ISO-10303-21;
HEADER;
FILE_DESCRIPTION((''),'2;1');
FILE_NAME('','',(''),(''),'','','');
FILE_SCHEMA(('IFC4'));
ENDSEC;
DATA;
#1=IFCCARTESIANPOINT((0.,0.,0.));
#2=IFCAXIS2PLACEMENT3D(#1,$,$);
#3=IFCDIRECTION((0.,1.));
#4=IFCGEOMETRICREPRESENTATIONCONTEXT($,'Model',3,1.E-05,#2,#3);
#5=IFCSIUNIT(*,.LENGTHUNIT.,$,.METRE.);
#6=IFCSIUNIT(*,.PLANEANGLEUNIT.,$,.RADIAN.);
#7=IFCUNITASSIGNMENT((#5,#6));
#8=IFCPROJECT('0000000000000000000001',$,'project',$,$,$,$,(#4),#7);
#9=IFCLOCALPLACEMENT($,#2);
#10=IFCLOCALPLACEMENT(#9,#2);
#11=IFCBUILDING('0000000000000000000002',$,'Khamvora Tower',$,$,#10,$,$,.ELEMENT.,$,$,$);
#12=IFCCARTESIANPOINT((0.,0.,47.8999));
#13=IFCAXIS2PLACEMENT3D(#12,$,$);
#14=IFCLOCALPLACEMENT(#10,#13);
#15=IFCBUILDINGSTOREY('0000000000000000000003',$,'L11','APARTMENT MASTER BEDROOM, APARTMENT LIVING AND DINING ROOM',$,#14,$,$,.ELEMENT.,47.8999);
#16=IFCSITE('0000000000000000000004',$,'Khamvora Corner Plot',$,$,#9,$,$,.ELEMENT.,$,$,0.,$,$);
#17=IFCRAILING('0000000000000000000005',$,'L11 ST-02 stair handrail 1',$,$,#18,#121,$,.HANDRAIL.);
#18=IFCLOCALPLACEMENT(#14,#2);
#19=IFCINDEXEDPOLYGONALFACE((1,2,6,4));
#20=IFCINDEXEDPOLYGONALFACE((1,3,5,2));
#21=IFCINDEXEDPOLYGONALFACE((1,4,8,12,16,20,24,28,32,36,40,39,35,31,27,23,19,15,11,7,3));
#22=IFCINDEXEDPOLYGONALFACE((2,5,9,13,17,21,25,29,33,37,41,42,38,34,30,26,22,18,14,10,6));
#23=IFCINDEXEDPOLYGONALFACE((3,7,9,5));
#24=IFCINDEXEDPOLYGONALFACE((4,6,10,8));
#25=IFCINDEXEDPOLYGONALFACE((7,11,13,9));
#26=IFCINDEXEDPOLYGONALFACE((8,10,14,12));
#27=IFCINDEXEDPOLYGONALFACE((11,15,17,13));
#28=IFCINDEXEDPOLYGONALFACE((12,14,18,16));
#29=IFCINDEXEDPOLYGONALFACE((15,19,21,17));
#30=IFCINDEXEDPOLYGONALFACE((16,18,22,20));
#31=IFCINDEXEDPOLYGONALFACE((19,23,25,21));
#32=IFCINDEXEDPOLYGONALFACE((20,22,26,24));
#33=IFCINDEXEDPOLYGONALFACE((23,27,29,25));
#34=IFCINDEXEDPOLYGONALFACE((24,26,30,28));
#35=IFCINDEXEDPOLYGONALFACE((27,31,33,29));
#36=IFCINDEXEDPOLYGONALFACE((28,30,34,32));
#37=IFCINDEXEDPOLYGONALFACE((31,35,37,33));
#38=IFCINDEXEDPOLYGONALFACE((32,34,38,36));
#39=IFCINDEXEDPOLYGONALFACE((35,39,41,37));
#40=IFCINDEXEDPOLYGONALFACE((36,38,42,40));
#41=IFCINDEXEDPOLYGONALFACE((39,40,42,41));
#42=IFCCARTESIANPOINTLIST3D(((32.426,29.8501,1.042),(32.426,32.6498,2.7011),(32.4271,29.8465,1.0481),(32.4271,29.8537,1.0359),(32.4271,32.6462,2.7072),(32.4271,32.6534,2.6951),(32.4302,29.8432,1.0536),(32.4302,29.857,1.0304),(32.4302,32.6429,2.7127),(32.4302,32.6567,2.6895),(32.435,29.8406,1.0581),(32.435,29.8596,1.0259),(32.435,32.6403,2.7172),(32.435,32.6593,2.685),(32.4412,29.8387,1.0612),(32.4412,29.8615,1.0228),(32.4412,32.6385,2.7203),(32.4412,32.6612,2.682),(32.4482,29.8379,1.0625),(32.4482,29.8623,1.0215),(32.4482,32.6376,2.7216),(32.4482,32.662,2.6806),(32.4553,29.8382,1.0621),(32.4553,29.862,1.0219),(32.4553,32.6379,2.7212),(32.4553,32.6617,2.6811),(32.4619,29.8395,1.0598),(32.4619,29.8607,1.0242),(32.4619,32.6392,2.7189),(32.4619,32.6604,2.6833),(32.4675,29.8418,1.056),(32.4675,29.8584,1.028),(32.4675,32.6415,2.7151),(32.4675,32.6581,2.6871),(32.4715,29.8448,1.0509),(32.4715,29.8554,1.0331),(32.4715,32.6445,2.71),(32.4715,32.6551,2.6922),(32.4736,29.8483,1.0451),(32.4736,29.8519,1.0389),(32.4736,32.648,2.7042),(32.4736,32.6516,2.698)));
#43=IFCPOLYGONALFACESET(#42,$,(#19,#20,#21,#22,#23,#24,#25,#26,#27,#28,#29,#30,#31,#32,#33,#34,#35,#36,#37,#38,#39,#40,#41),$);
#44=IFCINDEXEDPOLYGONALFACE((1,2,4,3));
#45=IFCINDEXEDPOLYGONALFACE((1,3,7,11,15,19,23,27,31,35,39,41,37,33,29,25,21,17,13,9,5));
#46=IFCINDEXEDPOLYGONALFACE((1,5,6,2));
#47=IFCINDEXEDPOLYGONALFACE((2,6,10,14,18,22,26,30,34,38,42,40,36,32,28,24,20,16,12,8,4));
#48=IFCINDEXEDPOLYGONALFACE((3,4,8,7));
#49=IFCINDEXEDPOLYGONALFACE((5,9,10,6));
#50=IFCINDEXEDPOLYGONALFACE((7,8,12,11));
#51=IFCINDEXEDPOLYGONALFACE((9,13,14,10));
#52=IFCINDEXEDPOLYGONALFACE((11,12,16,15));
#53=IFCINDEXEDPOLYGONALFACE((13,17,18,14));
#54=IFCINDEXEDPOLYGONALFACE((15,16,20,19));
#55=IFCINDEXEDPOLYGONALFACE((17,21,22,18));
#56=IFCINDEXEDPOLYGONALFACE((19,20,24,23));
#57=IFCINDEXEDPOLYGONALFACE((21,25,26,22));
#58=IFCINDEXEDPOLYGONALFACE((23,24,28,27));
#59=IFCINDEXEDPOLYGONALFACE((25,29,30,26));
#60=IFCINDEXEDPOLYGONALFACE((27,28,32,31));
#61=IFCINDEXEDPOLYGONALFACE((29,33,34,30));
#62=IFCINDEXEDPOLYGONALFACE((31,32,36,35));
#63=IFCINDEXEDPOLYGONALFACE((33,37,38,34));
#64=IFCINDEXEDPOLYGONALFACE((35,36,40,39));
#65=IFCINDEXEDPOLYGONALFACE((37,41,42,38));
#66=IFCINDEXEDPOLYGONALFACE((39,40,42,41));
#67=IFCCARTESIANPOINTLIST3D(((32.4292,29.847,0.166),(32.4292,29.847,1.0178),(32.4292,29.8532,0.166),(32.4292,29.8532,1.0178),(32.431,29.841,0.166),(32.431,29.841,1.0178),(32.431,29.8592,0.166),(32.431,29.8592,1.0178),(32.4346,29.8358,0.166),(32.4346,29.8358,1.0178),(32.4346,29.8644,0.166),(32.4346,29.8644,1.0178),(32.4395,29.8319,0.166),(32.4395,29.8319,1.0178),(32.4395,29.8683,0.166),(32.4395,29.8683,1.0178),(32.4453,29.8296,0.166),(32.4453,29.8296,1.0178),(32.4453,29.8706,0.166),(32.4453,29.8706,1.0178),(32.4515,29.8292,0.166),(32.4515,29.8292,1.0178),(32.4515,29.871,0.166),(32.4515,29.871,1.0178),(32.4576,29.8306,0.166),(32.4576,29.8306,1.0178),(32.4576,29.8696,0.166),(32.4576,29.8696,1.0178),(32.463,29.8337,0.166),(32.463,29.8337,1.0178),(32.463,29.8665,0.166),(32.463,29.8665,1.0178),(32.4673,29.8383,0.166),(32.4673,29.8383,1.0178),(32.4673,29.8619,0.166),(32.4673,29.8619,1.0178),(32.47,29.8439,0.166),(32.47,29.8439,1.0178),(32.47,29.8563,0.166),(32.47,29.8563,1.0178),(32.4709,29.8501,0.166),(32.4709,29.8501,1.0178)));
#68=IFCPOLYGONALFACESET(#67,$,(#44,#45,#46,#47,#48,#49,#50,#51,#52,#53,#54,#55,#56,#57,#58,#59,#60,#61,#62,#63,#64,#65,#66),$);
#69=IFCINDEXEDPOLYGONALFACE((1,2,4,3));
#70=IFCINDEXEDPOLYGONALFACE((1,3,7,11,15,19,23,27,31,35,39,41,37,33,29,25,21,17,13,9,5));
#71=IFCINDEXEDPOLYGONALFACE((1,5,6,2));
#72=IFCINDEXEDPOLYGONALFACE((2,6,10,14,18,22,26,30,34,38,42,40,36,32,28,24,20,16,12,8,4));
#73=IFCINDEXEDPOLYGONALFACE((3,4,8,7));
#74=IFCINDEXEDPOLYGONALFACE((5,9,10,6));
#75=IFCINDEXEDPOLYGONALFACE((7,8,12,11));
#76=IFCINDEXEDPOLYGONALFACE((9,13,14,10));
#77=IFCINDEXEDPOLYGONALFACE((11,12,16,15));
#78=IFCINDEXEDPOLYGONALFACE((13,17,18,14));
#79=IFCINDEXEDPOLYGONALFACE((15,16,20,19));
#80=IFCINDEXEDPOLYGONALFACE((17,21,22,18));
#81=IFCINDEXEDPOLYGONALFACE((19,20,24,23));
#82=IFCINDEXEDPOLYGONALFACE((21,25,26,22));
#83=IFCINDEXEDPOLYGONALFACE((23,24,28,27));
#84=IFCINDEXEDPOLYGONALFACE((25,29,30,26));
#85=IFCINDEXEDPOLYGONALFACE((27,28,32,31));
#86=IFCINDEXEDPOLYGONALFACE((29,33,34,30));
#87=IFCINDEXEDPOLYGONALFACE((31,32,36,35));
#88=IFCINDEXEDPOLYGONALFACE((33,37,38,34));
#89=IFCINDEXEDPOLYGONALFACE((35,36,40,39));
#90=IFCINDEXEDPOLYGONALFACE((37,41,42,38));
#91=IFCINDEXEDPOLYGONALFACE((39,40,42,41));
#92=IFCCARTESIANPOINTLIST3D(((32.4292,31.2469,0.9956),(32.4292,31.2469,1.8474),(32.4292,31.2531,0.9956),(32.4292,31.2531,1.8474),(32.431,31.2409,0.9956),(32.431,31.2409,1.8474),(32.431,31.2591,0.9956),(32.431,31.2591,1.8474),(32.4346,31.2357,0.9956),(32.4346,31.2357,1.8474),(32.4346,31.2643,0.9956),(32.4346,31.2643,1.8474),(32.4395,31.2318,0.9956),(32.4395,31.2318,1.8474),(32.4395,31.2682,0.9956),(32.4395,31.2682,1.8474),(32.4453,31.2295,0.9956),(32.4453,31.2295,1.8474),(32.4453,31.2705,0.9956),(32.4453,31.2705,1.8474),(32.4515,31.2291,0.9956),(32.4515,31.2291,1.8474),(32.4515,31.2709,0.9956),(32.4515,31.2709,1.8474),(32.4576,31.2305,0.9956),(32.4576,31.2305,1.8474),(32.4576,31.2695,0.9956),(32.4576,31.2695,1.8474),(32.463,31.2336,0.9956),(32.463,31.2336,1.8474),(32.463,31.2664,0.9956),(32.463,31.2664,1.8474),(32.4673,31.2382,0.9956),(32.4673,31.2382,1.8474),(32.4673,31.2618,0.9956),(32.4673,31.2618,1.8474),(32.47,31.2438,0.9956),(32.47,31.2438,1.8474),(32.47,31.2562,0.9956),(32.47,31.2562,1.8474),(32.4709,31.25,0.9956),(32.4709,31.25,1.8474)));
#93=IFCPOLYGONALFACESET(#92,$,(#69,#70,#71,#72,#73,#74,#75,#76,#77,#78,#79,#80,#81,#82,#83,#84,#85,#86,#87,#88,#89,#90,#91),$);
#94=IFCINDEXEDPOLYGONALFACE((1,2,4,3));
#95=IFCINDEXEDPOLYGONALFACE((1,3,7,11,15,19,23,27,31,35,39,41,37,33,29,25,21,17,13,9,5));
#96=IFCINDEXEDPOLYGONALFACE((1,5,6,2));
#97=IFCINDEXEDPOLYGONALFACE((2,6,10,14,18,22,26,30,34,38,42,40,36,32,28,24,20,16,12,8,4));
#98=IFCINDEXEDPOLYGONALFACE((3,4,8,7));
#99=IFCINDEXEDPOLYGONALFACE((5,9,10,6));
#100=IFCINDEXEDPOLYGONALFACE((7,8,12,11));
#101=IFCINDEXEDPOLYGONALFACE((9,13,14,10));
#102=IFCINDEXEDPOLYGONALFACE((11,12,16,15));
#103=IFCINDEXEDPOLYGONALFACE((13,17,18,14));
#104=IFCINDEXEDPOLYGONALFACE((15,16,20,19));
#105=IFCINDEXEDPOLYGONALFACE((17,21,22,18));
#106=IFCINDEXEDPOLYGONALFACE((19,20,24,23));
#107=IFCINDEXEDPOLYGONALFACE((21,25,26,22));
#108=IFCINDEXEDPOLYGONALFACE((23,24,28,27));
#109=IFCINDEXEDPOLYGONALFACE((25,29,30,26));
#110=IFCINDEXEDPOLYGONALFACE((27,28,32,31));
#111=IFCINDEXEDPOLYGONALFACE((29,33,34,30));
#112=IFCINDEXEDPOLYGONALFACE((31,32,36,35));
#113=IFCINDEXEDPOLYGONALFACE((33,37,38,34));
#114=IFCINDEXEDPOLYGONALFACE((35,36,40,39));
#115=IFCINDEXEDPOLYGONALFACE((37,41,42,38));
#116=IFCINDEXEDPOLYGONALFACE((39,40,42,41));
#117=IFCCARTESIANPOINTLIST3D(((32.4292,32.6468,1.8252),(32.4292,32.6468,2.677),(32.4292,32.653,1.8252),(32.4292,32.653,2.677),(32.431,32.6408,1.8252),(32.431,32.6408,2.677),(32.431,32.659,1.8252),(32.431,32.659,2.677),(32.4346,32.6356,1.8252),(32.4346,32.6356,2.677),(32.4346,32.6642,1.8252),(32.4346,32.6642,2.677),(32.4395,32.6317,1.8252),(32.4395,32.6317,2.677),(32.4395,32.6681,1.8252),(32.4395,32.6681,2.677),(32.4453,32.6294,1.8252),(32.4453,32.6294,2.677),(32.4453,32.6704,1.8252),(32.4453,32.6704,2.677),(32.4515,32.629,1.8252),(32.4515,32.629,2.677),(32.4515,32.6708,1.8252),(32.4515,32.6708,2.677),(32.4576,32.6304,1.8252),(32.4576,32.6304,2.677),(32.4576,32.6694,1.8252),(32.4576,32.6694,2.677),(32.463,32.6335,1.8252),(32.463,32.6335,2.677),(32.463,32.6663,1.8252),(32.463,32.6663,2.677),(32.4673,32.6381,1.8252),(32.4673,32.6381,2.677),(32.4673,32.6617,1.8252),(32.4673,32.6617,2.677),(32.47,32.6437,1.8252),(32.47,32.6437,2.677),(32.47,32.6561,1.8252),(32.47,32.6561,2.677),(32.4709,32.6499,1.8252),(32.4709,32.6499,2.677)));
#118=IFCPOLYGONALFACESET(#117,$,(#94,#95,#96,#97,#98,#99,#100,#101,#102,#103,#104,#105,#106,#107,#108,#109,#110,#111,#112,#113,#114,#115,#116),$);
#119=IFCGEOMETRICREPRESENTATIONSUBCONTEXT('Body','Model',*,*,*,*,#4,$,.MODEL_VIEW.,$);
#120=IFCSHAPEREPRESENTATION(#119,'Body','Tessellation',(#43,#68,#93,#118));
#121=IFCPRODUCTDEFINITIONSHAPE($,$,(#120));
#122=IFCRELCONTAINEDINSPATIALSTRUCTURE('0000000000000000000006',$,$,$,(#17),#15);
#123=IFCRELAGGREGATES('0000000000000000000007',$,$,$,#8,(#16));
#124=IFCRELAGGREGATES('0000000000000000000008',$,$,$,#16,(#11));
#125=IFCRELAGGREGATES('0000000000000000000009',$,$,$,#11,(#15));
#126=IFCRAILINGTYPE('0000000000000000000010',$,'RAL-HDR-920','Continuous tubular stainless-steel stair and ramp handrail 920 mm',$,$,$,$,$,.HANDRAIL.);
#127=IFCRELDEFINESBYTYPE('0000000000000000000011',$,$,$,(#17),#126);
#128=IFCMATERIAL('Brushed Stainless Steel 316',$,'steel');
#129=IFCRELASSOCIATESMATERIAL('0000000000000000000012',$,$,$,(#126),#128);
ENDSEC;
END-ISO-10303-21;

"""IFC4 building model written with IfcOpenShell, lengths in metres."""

from ifc_helpers import new_model, si_unit, direction, frame, origin, origin_2d, place, context, subcontext, project, spatial, circle, extrude, material, type_object, element, save


model = new_model("IFC4")

# Units and contexts
model_context = context("Model", 3, precision=1e-05, world=origin(), true_north=direction((0.0, 1.0)))
body_context = subcontext(model_context, "Body", "Model", "MODEL_VIEW")
ifc_project = project(units=[si_unit("LENGTHUNIT", "METRE"), si_unit("PLANEANGLEUNIT", "RADIAN")], contexts=[model_context])

# Site, building, storey
site_placement = place(None, origin())
site = spatial("IfcSite", under=ifc_project, at=site_placement, Name="Khamvora Corner Plot", CompositionType="ELEMENT", RefElevation=0.0)
building_placement = place(site_placement, origin())
building = spatial("IfcBuilding", under=site, at=building_placement, Name="Khamvora Tower", CompositionType="ELEMENT")
storey_placement = place(building_placement, frame((0.0, 0.0, 47.8999)))
storey = spatial("IfcBuildingStorey", under=building, at=storey_placement, Name="L11", Description="APARTMENT MASTER BEDROOM, APARTMENT LIVING AND DINING ROOM", CompositionType="ELEMENT", Elevation=47.8999)

# Railing
ifc_material_1 = material(Name="Brushed Stainless Steel 316", Category="steel")
railing_type_1 = type_object("IfcRailingType", Name="RAL-HDR-920", Description="Continuous tubular stainless-steel stair and ramp handrail 920 mm", PredefinedType="HANDRAIL", material=ifc_material_1)
railing_1_placement = place(storey_placement, frame((32.45, 29.8501, 0.166)))
element("IfcRailing", 1, at=railing_1_placement, inside=storey, type_object=railing_type_1, Name="L11 ST-02 stair handrail 1", PredefinedType="HANDRAIL", context=body_context, shape_type="SweptSolid", body=[
    extrude(circle(Radius=0.0239, at=origin_2d()), frame((0.0, 0.0, 0.876), z_axis=(0.0, 0.860287, 0.509811), x_axis=(-1.0, 0.0, 0.0)), (0.0, 0.0, 1.0), 3.2544),
    extrude(circle(Radius=0.021, at=origin_2d()), origin(), (0.0, 0.0, 1.0), 0.8518),
    extrude(circle(Radius=0.021, at=origin_2d()), frame((0.0, 1.3999, 0.8296)), (0.0, 0.0, 1.0), 0.8518),
    extrude(circle(Radius=0.021, at=origin_2d()), frame((0.0, 2.7998, 1.6592)), (0.0, 0.0, 1.0), 0.8518),
])

save(model, "model.ifc")
